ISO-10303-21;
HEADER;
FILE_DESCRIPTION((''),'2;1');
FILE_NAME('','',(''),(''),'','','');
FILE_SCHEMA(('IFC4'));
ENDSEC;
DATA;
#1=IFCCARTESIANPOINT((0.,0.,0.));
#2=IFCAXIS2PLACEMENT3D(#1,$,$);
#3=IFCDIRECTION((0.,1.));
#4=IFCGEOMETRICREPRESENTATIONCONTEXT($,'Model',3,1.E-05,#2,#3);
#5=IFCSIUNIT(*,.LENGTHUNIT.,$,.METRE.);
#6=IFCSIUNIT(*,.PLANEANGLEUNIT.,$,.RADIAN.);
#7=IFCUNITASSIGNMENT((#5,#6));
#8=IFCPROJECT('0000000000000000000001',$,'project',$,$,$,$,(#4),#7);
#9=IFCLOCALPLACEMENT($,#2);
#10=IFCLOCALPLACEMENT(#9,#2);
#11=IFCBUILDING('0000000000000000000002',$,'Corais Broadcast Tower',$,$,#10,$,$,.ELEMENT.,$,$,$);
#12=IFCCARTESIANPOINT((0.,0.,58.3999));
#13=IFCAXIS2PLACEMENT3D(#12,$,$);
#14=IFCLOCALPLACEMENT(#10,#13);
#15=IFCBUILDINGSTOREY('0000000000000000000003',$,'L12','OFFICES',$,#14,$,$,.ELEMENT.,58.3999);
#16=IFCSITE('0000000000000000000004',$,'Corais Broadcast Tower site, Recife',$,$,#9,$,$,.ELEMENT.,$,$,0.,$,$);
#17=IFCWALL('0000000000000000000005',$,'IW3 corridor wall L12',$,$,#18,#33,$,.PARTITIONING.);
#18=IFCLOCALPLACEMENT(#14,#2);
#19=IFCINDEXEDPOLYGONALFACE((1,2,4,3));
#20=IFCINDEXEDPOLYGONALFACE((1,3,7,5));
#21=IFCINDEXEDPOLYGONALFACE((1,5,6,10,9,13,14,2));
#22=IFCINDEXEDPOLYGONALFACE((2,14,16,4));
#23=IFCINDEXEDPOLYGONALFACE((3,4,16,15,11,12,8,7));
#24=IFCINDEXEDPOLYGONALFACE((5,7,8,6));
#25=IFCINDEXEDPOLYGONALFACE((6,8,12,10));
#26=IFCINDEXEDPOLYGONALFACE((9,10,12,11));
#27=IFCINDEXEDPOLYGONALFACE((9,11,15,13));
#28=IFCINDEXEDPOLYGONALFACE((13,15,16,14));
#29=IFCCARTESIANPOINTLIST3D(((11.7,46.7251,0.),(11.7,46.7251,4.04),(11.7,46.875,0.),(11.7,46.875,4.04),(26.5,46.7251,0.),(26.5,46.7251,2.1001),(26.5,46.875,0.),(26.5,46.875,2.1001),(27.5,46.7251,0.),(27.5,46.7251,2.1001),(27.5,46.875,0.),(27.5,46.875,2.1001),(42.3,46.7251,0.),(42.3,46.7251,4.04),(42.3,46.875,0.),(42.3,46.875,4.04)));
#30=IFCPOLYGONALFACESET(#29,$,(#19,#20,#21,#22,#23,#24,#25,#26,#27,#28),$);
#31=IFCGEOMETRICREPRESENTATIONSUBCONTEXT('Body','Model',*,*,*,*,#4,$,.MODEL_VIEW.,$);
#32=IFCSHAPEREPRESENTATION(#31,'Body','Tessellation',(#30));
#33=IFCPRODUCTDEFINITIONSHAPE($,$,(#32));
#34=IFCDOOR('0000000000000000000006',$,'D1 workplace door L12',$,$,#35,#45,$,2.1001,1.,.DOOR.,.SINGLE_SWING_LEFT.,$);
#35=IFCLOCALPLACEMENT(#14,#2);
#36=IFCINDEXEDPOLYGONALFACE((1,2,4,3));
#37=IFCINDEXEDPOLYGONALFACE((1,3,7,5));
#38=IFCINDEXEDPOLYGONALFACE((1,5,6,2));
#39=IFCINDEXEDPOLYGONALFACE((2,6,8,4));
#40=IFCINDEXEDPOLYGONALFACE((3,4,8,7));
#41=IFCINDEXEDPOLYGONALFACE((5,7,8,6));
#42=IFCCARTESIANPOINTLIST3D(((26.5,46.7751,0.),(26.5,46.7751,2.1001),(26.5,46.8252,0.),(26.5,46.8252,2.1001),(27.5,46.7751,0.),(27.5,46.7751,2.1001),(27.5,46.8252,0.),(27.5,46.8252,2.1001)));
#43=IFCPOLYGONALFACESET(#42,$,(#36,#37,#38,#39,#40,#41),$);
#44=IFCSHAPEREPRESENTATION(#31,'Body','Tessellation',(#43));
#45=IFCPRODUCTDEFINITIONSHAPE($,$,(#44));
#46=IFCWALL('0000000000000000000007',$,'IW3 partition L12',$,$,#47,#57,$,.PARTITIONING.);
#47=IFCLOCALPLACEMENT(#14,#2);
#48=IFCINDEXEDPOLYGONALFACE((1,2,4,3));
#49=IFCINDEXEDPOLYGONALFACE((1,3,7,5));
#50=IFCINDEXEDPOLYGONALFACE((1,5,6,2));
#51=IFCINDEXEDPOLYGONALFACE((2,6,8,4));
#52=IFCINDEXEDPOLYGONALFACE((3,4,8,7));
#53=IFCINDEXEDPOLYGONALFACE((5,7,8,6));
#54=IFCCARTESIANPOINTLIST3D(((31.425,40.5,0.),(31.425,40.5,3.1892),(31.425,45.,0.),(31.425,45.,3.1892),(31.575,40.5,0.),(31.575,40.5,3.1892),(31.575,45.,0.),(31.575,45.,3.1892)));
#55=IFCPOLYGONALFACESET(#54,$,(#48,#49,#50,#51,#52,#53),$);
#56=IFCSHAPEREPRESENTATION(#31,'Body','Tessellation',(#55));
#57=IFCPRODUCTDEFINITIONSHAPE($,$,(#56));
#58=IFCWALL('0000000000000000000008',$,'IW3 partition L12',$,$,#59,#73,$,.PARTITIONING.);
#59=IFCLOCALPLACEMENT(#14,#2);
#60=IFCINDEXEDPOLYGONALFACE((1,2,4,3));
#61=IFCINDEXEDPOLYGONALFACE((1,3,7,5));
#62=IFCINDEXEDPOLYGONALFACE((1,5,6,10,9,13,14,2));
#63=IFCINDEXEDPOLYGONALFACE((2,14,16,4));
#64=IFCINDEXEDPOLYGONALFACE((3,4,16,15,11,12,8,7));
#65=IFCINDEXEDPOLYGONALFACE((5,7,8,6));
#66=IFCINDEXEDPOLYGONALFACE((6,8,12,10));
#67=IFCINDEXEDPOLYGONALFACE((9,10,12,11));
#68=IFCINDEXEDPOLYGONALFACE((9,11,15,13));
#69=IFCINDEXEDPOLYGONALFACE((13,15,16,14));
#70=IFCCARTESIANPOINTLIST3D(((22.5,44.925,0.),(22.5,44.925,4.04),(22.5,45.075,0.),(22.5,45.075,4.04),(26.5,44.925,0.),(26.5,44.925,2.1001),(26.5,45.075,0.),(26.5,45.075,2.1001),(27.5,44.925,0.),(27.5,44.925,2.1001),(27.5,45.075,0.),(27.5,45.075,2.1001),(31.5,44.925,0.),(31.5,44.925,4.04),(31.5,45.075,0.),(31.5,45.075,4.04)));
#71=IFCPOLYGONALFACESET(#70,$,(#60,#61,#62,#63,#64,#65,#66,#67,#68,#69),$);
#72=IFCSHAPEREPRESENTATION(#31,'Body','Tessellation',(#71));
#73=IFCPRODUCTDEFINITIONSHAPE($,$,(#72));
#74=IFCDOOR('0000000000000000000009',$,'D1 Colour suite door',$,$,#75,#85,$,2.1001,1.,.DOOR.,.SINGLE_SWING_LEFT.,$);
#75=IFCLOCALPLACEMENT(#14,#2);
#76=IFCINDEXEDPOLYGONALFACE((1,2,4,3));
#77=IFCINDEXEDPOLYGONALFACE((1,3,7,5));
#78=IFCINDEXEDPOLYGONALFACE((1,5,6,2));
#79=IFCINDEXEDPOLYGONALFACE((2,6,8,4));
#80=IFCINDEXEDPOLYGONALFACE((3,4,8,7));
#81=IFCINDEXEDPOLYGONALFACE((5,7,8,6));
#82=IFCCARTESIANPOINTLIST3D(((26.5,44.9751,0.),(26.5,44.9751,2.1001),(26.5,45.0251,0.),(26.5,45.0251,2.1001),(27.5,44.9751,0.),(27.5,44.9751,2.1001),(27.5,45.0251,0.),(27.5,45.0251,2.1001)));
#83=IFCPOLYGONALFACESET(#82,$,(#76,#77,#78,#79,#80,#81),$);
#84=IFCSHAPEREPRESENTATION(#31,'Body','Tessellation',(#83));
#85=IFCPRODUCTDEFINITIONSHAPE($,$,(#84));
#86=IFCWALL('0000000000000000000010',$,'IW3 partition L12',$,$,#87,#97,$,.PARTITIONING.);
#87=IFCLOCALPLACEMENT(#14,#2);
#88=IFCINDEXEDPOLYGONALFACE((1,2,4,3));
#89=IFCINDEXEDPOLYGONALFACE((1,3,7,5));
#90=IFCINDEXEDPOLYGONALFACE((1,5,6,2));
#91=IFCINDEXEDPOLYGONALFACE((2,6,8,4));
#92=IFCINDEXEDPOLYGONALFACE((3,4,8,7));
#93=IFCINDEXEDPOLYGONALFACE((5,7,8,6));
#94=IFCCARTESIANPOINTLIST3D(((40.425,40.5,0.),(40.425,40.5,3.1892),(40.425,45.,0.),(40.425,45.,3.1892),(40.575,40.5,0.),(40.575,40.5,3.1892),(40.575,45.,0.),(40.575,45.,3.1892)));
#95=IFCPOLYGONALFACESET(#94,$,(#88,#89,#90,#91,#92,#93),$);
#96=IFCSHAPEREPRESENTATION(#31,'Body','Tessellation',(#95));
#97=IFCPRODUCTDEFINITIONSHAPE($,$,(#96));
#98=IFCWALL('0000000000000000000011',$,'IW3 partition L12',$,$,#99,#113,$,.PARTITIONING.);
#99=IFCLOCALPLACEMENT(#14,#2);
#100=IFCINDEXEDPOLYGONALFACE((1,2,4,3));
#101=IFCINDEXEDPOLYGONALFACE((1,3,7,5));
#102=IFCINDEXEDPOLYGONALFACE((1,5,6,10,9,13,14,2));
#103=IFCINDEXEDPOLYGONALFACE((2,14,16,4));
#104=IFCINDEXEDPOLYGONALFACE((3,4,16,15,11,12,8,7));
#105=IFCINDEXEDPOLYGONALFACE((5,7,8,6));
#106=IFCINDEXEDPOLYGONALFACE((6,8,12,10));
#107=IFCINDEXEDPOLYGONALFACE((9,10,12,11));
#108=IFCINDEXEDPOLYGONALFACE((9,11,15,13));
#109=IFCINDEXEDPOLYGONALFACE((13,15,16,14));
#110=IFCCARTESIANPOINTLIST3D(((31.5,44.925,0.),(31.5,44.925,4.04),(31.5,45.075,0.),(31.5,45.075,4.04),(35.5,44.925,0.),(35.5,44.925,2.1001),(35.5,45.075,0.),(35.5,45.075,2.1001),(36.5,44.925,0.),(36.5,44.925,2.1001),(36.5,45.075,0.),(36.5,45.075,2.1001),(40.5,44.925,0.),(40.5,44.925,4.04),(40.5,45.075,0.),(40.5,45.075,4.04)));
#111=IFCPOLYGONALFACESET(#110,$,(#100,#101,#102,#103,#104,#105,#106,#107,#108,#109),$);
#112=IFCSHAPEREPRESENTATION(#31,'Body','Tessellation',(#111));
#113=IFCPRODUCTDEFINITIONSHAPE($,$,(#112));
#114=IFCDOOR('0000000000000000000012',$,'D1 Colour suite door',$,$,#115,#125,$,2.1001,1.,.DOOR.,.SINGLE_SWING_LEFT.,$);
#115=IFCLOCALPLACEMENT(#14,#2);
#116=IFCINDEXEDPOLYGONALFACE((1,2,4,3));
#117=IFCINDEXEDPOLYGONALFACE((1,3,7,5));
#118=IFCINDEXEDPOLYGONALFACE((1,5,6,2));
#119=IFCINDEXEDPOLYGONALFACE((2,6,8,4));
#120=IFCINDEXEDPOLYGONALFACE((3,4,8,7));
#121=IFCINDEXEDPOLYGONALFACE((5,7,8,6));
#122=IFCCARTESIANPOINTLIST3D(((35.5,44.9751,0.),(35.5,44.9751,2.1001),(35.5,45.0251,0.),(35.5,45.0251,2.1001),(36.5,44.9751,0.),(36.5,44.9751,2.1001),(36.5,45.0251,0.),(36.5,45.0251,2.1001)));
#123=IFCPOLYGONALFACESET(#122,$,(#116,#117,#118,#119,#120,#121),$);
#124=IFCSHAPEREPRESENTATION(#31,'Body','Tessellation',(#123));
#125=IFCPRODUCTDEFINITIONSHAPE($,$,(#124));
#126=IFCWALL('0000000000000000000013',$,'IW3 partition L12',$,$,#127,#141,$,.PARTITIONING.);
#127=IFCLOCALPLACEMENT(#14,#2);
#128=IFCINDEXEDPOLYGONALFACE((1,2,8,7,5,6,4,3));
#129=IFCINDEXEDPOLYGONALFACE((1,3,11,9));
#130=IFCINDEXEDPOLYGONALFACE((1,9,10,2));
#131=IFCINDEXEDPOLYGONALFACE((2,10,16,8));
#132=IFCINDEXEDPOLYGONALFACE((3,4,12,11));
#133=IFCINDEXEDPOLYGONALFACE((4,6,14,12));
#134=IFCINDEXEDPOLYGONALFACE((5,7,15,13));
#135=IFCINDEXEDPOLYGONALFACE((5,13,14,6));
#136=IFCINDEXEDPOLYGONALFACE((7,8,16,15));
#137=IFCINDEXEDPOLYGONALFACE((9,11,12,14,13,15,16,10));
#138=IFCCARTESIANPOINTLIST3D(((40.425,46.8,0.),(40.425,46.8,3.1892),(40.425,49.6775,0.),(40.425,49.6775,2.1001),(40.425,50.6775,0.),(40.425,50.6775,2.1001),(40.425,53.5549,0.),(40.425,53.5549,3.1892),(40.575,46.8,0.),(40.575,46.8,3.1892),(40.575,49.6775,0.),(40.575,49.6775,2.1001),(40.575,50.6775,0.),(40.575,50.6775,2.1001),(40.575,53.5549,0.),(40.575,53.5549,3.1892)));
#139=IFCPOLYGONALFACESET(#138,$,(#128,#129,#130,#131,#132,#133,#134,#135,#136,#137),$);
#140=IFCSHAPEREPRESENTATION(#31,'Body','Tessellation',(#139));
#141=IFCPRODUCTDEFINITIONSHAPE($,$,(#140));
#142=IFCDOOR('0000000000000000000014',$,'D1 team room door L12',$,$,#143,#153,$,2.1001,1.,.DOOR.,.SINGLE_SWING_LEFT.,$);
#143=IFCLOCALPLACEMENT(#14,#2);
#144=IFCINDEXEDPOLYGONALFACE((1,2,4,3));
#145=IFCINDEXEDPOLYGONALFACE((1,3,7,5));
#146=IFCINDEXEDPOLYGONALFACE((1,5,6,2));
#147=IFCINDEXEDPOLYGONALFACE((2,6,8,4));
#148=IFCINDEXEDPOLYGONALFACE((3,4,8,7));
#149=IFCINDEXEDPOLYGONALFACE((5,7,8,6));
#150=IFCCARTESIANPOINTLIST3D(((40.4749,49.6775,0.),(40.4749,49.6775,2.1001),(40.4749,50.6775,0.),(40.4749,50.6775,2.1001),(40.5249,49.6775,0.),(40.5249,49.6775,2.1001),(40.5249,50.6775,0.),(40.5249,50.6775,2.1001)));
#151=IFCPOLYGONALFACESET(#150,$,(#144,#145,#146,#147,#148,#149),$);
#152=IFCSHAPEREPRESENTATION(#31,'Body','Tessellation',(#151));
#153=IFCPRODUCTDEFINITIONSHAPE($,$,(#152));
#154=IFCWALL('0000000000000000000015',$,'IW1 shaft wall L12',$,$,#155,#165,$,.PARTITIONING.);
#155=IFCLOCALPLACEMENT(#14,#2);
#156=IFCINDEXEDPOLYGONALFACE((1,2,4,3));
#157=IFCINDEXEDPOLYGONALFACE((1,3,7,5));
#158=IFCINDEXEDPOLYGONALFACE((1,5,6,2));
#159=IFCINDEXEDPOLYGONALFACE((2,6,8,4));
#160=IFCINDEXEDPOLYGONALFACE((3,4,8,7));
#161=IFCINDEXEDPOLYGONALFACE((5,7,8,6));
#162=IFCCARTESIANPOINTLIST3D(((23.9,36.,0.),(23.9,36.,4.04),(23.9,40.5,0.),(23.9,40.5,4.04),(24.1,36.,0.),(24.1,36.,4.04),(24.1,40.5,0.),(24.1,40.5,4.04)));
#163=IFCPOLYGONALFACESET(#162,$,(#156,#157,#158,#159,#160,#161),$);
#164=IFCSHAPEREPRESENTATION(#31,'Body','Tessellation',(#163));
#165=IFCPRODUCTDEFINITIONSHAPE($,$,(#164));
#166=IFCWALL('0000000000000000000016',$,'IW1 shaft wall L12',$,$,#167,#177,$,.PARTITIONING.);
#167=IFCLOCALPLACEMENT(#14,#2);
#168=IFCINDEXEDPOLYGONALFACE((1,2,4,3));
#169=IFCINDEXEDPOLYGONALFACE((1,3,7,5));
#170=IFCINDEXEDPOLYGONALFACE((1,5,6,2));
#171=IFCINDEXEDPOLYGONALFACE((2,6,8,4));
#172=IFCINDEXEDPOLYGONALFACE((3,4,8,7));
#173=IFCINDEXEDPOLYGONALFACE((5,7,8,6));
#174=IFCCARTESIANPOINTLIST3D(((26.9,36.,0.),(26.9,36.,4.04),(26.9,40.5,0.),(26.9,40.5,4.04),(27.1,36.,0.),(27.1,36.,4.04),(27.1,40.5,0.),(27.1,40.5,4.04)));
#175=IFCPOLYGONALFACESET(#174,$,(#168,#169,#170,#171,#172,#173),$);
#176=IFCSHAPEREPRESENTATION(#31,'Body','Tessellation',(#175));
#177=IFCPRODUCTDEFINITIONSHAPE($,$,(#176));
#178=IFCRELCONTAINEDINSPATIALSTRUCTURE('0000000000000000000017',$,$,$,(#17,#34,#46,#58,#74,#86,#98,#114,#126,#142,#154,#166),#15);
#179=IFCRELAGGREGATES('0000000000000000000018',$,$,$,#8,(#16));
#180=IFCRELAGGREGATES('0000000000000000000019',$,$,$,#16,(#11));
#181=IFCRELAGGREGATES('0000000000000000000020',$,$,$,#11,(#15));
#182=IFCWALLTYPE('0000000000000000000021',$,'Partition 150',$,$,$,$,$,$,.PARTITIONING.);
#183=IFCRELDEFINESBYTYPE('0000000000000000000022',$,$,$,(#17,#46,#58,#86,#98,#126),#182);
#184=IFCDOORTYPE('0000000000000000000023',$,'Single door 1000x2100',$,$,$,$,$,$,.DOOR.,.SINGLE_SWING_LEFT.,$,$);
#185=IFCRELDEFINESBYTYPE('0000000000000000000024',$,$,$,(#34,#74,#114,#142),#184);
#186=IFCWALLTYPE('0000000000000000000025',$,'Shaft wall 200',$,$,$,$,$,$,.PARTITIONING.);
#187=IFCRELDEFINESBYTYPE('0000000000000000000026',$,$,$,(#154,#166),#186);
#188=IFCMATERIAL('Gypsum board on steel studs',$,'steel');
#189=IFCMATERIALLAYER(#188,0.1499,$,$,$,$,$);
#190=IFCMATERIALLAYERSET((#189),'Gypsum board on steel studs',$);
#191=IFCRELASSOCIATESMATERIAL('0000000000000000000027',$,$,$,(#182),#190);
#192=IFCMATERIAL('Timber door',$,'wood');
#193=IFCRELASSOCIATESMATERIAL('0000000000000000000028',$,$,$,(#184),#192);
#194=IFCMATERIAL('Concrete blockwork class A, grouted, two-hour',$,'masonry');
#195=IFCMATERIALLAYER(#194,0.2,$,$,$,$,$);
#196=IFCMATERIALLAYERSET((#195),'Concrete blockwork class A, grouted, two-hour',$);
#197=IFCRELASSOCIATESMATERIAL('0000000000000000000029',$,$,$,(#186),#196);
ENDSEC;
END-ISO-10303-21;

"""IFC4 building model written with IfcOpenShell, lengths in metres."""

from ifc_helpers import new_model, si_unit, direction, frame, frame_2d, origin, place, context, subcontext, project, spatial, rectangle, extrude, material, layer, layer_set, type_object, element, fill, save


model = new_model("IFC4")

# Units and contexts
model_context = context("Model", 3, precision=1e-05, world=origin(), true_north=direction((0.0, 1.0)))
body_context = subcontext(model_context, "Body", "Model", "MODEL_VIEW")
ifc_project = project(units=[si_unit("LENGTHUNIT", "METRE"), si_unit("PLANEANGLEUNIT", "RADIAN")], contexts=[model_context])

# Site, building, storey
site_placement = place(None, origin())
site = spatial("IfcSite", under=ifc_project, at=site_placement, Name="Corais Broadcast Tower site, Recife", CompositionType="ELEMENT", RefElevation=0.0)
building_placement = place(site_placement, origin())
building = spatial("IfcBuilding", under=site, at=building_placement, Name="Corais Broadcast Tower", CompositionType="ELEMENT")
storey_placement = place(building_placement, frame((0.0, 0.0, 58.3999)))
storey = spatial("IfcBuildingStorey", under=building, at=storey_placement, Name="L12", Description="OFFICES", CompositionType="ELEMENT", Elevation=58.3999)

# Wall, opening, door
ifc_material_1 = material(Name="Gypsum board on steel studs", Category="steel")
ifc_layer_1 = layer(ifc_material_1, 0.1499)
ifc_layer_set_1 = layer_set([ifc_layer_1], Name="Gypsum board on steel studs")
wall_type_1 = type_object("IfcWallType", Name="Partition 150", PredefinedType="PARTITIONING", material=ifc_layer_set_1)
wall_1_placement = place(storey_placement, frame((42.3, 46.8, 0.0), z_axis=(0.0, 0.0, 1.0), x_axis=(-1.0, 0.0, 0.0)))
wall_1 = element("IfcWall", 1, at=wall_1_placement, inside=storey, type_object=wall_type_1, Name="IW3 corridor wall L12", PredefinedType="PARTITIONING", context=body_context, shape_type="SweptSolid", body=[
    extrude(rectangle(XDim=30.6001, YDim=0.1499, at=frame_2d((15.3, 0.0))), origin(), (0.0, 0.0, 1.0), 4.04),
])
opening_1_placement = place(wall_1_placement, frame((14.8, 0.0, 0.0)))
opening_1 = element("IfcOpeningElement", 2, at=opening_1_placement, cuts=wall_1, PredefinedType="OPENING", context=body_context, shape_type="SweptSolid", body=[
    extrude(rectangle(XDim=1.0, YDim=2.1001, at=frame_2d((0.5, 1.05))), frame((0.0, 0.085, 0.0), z_axis=(0.0, -1.0, 0.0), x_axis=(1.0, 0.0, 0.0)), (0.0, 0.0, 1.0), 0.1699),
])
ifc_material_2 = material(Name="Timber door", Category="wood")
door_type = type_object("IfcDoorType", Name="Single door 1000x2100", OperationType="SINGLE_SWING_LEFT", PredefinedType="DOOR", material=ifc_material_2)
door_1_placement = place(opening_1_placement, origin())
door_1 = element("IfcDoor", 3, at=door_1_placement, inside=storey, type_object=door_type, Name="D1 workplace door L12", OperationType="SINGLE_SWING_LEFT", OverallHeight=2.1001, OverallWidth=1.0, PredefinedType="DOOR", context=body_context, shape_type="SweptSolid", body=[
    extrude(rectangle(XDim=1.0, YDim=2.1001, at=frame_2d((0.5, 1.05))), frame((0.0, 0.0249, 0.0), z_axis=(0.0, -1.0, 0.0), x_axis=(1.0, 0.0, 0.0)), (0.0, 0.0, 1.0), 0.05),
])
fill(opening_1, door_1)

# Wall
wall_2_placement = place(storey_placement, frame((31.5, 40.5, 0.0), z_axis=(0.0, 0.0, 1.0), x_axis=(0.0, 1.0, 0.0)))
element("IfcWall", 4, at=wall_2_placement, inside=storey, type_object=wall_type_1, Name="IW3 partition L12", PredefinedType="PARTITIONING", context=body_context, shape_type="SweptSolid", body=[
    extrude(rectangle(XDim=4.5, YDim=0.1499, at=frame_2d((2.25, 0.0))), origin(), (0.0, 0.0, 1.0), 3.1892),
])

# Wall, opening, door
wall_3_placement = place(storey_placement, frame((31.5, 45.0, 0.0), z_axis=(0.0, 0.0, 1.0), x_axis=(-1.0, 0.0, 0.0)))
wall_3 = element("IfcWall", 5, at=wall_3_placement, inside=storey, type_object=wall_type_1, Name="IW3 partition L12", PredefinedType="PARTITIONING", context=body_context, shape_type="SweptSolid", body=[
    extrude(rectangle(XDim=9.0, YDim=0.1499, at=frame_2d((4.5, 0.0))), origin(), (0.0, 0.0, 1.0), 4.04),
])
opening_2_placement = place(wall_3_placement, frame((4.0, 0.0, 0.0)))
opening_2 = element("IfcOpeningElement", 6, at=opening_2_placement, cuts=wall_3, PredefinedType="OPENING", context=body_context, shape_type="SweptSolid", body=[
    extrude(rectangle(XDim=1.0, YDim=2.1001, at=frame_2d((0.5, 1.05))), frame((0.0, 0.085, 0.0), z_axis=(0.0, -1.0, 0.0), x_axis=(1.0, 0.0, 0.0)), (0.0, 0.0, 1.0), 0.1699),
])
door_2_placement = place(opening_2_placement, origin())
door_2 = element("IfcDoor", 7, at=door_2_placement, inside=storey, type_object=door_type, Name="D1 Colour suite door", OperationType="SINGLE_SWING_LEFT", OverallHeight=2.1001, OverallWidth=1.0, PredefinedType="DOOR", context=body_context, shape_type="SweptSolid", body=[
    extrude(rectangle(XDim=1.0, YDim=2.1001, at=frame_2d((0.5, 1.05))), frame((0.0, 0.0249, 0.0), z_axis=(0.0, -1.0, 0.0), x_axis=(1.0, 0.0, 0.0)), (0.0, 0.0, 1.0), 0.05),
])
fill(opening_2, door_2)

# Wall
wall_4_placement = place(storey_placement, frame((40.5, 40.5, 0.0), z_axis=(0.0, 0.0, 1.0), x_axis=(0.0, 1.0, 0.0)))
element("IfcWall", 8, at=wall_4_placement, inside=storey, type_object=wall_type_1, Name="IW3 partition L12", PredefinedType="PARTITIONING", context=body_context, shape_type="SweptSolid", body=[
    extrude(rectangle(XDim=4.5, YDim=0.1499, at=frame_2d((2.25, 0.0))), origin(), (0.0, 0.0, 1.0), 3.1892),
])

# Walls, openings, doors
wall_5_placement = place(storey_placement, frame((40.5, 45.0, 0.0), z_axis=(0.0, 0.0, 1.0), x_axis=(-1.0, 0.0, 0.0)))
wall_5 = element("IfcWall", 9, at=wall_5_placement, inside=storey, type_object=wall_type_1, Name="IW3 partition L12", PredefinedType="PARTITIONING", context=body_context, shape_type="SweptSolid", body=[
    extrude(rectangle(XDim=9.0, YDim=0.1499, at=frame_2d((4.5, 0.0))), origin(), (0.0, 0.0, 1.0), 4.04),
])
opening_3_placement = place(wall_5_placement, frame((4.0, 0.0, 0.0)))
opening_3 = element("IfcOpeningElement", 10, at=opening_3_placement, cuts=wall_5, PredefinedType="OPENING", context=body_context, shape_type="SweptSolid", body=[
    extrude(rectangle(XDim=1.0, YDim=2.1001, at=frame_2d((0.5, 1.05))), frame((0.0, 0.085, 0.0), z_axis=(0.0, -1.0, 0.0), x_axis=(1.0, 0.0, 0.0)), (0.0, 0.0, 1.0), 0.1699),
])
door_3_placement = place(opening_3_placement, origin())
door_3 = element("IfcDoor", 11, at=door_3_placement, inside=storey, type_object=door_type, Name="D1 Colour suite door", OperationType="SINGLE_SWING_LEFT", OverallHeight=2.1001, OverallWidth=1.0, PredefinedType="DOOR", context=body_context, shape_type="SweptSolid", body=[
    extrude(rectangle(XDim=1.0, YDim=2.1001, at=frame_2d((0.5, 1.05))), frame((0.0, 0.0249, 0.0), z_axis=(0.0, -1.0, 0.0), x_axis=(1.0, 0.0, 0.0)), (0.0, 0.0, 1.0), 0.05),
])
fill(opening_3, door_3)
wall_6_placement = place(storey_placement, frame((40.5, 53.5549, 0.0), z_axis=(0.0, 0.0, 1.0), x_axis=(0.0, -1.0, 0.0)))
wall_6 = element("IfcWall", 12, at=wall_6_placement, inside=storey, type_object=wall_type_1, Name="IW3 partition L12", PredefinedType="PARTITIONING", context=body_context, shape_type="SweptSolid", body=[
    extrude(rectangle(XDim=6.7549, YDim=0.1499, at=frame_2d((3.3774, 0.0))), origin(), (0.0, 0.0, 1.0), 3.1892),
])
opening_4_placement = place(wall_6_placement, frame((2.8774, 0.0, 0.0)))
opening_4 = element("IfcOpeningElement", 13, at=opening_4_placement, cuts=wall_6, PredefinedType="OPENING", context=body_context, shape_type="SweptSolid", body=[
    extrude(rectangle(XDim=1.0, YDim=2.1001, at=frame_2d((0.5, 1.05))), frame((0.0, 0.085, 0.0), z_axis=(0.0, -1.0, 0.0), x_axis=(1.0, 0.0, 0.0)), (0.0, 0.0, 1.0), 0.1699),
])
door_4_placement = place(opening_4_placement, origin())
door_4 = element("IfcDoor", 14, at=door_4_placement, inside=storey, type_object=door_type, Name="D1 team room door L12", OperationType="SINGLE_SWING_LEFT", OverallHeight=2.1001, OverallWidth=1.0, PredefinedType="DOOR", context=body_context, shape_type="SweptSolid", body=[
    extrude(rectangle(XDim=1.0, YDim=2.1001, at=frame_2d((0.5, 1.05))), frame((0.0, 0.0249, 0.0), z_axis=(0.0, -1.0, 0.0), x_axis=(1.0, 0.0, 0.0)), (0.0, 0.0, 1.0), 0.05),
])
fill(opening_4, door_4)

# Walls
ifc_material_3 = material(Name="Concrete blockwork class A, grouted, two-hour", Category="masonry")
ifc_layer_2 = layer(ifc_material_3, 0.2)
ifc_layer_set_2 = layer_set([ifc_layer_2], Name="Concrete blockwork class A, grouted, two-hour")
wall_type_2 = type_object("IfcWallType", Name="Shaft wall 200", PredefinedType="PARTITIONING", material=ifc_layer_set_2)
for number, where, z_axis, x_axis, name in (
    (15, (24.0, 36.0, 0.0), (0.0, 0.0, 1.0), (0.0, 1.0, 0.0), "IW1 shaft wall L12"),
    (16, (27.0, 36.0, 0.0), (0.0, 0.0, 1.0), (0.0, 1.0, 0.0), "IW1 shaft wall L12"),
):
    element("IfcWall", number, at=place(storey_placement, frame(where, z_axis=z_axis, x_axis=x_axis)), inside=storey, type_object=wall_type_2, Name=name, PredefinedType="PARTITIONING", context=body_context, shape_type="SweptSolid", body=[
        extrude(rectangle(XDim=4.5, YDim=0.2, at=frame_2d((2.25, 0.0))), origin(), (0.0, 0.0, 1.0), 4.04),
    ])

save(model, "model.ifc")
